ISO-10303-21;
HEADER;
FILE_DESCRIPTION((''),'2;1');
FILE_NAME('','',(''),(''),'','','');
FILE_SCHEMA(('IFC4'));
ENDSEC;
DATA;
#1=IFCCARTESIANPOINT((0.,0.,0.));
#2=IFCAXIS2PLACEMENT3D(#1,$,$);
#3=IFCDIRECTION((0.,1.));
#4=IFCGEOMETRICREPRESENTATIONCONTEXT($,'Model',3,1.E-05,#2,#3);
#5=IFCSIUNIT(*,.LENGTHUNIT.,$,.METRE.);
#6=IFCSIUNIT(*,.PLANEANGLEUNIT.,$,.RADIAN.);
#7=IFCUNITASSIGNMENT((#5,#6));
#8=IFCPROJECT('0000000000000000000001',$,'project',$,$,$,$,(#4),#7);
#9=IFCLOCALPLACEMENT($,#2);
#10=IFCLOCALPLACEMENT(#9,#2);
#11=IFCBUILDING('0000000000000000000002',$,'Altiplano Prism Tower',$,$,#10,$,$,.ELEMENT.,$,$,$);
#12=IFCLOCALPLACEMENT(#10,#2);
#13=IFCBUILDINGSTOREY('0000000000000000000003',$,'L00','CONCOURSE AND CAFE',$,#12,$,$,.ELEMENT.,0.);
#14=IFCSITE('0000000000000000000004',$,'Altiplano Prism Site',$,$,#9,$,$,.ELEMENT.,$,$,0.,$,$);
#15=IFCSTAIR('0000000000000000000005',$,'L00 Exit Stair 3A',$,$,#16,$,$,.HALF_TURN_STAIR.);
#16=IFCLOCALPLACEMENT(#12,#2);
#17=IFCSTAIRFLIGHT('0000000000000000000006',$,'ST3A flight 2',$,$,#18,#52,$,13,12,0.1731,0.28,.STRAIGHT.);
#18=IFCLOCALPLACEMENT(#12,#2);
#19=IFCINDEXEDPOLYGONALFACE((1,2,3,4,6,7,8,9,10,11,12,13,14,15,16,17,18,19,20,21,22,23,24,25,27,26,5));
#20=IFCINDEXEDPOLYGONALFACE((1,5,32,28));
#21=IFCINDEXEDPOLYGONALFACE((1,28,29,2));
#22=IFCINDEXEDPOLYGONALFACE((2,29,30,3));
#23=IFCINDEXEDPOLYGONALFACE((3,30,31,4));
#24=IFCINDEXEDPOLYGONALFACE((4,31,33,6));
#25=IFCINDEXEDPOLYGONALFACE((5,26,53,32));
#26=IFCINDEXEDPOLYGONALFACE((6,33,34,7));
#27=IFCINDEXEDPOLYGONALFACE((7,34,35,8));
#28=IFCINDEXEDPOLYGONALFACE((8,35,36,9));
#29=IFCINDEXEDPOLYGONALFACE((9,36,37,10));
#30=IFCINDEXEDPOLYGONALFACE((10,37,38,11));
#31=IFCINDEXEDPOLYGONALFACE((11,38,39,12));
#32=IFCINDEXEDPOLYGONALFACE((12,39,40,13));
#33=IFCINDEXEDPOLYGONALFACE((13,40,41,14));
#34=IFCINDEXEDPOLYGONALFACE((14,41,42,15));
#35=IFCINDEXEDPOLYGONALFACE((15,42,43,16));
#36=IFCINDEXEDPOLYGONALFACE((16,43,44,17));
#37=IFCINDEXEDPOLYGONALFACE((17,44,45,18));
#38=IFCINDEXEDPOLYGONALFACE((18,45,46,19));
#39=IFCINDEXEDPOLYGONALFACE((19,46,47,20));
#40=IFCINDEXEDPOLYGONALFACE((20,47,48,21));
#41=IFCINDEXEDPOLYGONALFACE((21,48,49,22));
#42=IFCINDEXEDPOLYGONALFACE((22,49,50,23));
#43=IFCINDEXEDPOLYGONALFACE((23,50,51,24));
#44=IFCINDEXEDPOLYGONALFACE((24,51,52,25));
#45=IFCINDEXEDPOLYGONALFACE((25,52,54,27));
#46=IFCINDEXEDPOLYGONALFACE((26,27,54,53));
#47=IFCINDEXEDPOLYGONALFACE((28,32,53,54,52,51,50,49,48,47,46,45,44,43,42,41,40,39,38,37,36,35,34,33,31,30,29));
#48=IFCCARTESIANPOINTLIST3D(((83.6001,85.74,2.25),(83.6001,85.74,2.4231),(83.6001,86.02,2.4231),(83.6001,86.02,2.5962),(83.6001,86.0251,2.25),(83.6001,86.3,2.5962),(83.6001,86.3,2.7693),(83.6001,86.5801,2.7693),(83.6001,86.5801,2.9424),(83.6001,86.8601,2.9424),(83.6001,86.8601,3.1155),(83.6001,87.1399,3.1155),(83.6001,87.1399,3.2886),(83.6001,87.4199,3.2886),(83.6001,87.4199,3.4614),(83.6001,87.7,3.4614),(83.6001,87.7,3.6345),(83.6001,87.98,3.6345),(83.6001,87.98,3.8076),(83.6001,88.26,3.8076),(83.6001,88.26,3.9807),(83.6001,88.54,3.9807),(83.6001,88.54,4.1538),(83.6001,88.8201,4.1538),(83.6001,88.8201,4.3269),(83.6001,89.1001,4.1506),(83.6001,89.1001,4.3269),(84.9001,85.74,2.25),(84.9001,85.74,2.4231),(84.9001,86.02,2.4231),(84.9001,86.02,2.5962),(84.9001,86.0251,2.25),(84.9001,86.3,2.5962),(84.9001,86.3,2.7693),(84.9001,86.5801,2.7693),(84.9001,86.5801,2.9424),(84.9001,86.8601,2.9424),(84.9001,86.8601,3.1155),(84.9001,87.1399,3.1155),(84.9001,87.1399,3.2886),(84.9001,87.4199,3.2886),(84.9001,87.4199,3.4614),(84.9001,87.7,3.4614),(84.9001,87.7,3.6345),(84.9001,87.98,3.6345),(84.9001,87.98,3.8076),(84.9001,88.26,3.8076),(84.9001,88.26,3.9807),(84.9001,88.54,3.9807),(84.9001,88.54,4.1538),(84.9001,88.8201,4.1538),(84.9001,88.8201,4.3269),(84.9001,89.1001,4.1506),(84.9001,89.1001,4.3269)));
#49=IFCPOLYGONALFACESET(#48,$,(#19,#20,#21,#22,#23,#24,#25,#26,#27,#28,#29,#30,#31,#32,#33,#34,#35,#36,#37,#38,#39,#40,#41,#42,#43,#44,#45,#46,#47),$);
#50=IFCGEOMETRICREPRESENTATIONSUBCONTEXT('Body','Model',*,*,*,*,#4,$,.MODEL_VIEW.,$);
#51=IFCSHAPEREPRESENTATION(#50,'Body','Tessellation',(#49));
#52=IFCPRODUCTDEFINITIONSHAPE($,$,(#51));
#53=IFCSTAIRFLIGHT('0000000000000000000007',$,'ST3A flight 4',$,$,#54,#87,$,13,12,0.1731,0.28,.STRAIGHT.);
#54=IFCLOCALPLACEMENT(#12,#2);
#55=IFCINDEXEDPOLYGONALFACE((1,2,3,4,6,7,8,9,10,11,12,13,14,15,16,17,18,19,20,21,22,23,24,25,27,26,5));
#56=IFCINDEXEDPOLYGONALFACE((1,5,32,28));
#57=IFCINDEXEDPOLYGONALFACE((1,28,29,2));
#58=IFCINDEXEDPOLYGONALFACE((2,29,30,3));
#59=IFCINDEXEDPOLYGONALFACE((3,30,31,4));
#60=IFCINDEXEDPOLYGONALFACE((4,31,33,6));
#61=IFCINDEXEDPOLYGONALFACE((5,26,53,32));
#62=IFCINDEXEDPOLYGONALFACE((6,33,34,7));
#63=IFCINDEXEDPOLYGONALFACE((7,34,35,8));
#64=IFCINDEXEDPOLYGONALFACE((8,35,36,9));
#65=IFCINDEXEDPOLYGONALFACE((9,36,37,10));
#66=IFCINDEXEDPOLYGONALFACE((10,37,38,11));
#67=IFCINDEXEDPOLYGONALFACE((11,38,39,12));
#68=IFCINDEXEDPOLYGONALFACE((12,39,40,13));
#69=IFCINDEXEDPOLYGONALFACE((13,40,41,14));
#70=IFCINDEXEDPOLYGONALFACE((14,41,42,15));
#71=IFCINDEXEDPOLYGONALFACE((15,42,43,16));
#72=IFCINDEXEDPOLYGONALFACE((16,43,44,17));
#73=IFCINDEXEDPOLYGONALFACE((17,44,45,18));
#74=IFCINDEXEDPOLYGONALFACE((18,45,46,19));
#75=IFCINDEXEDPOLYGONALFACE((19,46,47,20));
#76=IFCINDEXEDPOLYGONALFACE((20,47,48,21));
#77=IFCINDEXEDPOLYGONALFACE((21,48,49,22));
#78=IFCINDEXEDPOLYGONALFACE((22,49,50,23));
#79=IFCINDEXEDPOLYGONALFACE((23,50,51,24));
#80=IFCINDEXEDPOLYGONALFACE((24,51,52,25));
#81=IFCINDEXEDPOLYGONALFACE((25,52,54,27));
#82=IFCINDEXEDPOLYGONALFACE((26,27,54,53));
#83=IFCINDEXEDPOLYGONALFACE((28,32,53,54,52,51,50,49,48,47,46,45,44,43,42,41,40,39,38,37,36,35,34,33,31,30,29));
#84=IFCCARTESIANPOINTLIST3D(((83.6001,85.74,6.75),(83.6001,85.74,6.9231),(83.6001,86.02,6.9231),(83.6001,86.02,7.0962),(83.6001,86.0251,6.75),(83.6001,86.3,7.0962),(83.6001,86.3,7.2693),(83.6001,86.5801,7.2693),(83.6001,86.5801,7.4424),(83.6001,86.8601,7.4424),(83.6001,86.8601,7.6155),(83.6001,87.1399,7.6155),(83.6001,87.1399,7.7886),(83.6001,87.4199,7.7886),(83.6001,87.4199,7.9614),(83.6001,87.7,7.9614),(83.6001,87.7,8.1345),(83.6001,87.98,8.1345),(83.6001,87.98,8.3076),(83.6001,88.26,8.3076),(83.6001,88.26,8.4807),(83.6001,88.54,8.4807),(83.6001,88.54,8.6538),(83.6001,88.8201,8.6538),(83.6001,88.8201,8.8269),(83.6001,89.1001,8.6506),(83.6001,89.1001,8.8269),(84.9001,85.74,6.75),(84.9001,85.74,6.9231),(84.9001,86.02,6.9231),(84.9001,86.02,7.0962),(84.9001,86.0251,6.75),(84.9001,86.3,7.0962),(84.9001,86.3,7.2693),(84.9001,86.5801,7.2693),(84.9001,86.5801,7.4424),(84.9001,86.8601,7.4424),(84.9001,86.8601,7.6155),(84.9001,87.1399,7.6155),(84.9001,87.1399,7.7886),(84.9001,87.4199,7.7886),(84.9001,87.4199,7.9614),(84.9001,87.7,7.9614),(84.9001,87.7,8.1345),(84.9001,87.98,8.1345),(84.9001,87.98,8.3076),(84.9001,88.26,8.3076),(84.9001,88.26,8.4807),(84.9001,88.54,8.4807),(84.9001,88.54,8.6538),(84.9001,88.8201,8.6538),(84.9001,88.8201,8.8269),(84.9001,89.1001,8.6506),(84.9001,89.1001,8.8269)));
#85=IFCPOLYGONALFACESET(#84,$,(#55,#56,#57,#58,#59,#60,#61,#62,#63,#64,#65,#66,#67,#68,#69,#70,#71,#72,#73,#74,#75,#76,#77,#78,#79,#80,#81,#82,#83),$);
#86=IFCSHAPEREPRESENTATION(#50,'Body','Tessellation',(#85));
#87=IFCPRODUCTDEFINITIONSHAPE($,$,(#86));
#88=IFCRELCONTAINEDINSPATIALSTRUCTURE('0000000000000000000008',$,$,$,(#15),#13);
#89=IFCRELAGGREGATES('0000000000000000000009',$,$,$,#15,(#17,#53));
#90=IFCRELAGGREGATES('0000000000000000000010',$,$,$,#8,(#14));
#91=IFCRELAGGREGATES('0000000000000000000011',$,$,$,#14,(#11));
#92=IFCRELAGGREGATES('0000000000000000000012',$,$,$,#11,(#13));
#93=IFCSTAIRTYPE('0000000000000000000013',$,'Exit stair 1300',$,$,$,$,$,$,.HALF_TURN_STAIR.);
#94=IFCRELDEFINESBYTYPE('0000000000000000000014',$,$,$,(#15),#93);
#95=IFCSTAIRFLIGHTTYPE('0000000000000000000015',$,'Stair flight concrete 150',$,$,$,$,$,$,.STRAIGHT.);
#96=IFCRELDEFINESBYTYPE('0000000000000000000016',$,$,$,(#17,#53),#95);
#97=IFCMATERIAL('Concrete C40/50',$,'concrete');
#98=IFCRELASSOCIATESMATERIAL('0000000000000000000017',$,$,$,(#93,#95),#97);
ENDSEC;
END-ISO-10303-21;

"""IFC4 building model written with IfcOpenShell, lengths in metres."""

from ifc_helpers import new_model, si_unit, direction, frame, origin, place, context, subcontext, project, spatial, polyline, outline, extrude, material, type_object, element, aggregate, save


model = new_model("IFC4")

# Units and contexts
model_context = context("Model", 3, precision=1e-05, world=origin(), true_north=direction((0.0, 1.0)))
body_context = subcontext(model_context, "Body", "Model", "MODEL_VIEW")
ifc_project = project(units=[si_unit("LENGTHUNIT", "METRE"), si_unit("PLANEANGLEUNIT", "RADIAN")], contexts=[model_context])

# Site, building, storey
site_placement = place(None, origin())
site = spatial("IfcSite", under=ifc_project, at=site_placement, Name="Altiplano Prism Site", CompositionType="ELEMENT", RefElevation=0.0)
building_placement = place(site_placement, origin())
building = spatial("IfcBuilding", under=site, at=building_placement, Name="Altiplano Prism Tower", CompositionType="ELEMENT")
storey_placement = place(building_placement, origin())
storey = spatial("IfcBuildingStorey", under=building, at=storey_placement, Name="L00", Description="CONCOURSE AND CAFE", CompositionType="ELEMENT", Elevation=0.0)

# Stair, stair flights
ifc_material_1 = material(Name="Concrete C40/50", Category="concrete")
stair_type = type_object("IfcStairType", Name="Exit stair 1300", PredefinedType="HALF_TURN_STAIR", material=ifc_material_1)
stair_placement = place(storey_placement, origin())
stair = element("IfcStair", 1, at=stair_placement, inside=storey, type_object=stair_type, Name="L00 Exit Stair 3A", PredefinedType="HALF_TURN_STAIR")
stair_flight_type = type_object("IfcStairFlightType", Name="Stair flight concrete 150", PredefinedType="STRAIGHT", material=ifc_material_1)
stair_flight_1_placement = place(storey_placement, frame((84.25, 85.74, 2.25), z_axis=(0.0, 0.0, 1.0), x_axis=(0.0, 1.0, 0.0)))
stair_flight_1 = element("IfcStairFlight", 2, at=stair_flight_1_placement, type_object=stair_flight_type, Name="ST3A flight 2", NumberOfRisers=13, NumberOfTreads=12, PredefinedType="STRAIGHT", RiserHeight=0.1731, TreadLength=0.28, context=body_context, shape_type="SweptSolid", body=[
    extrude(outline(polyline([(0.0, 0.0), (0.0, 0.1731), (0.28, 0.1731), (0.28, 0.3462), (0.5601, 0.3462), (0.5601, 0.5193), (0.8401, 0.5193), (0.8401, 0.6924), (1.1201, 0.6924), (1.1201, 0.8655), (1.3999, 0.8655), (1.3999, 1.0386), (1.6799, 1.0386), (1.6799, 1.2114), (1.96, 1.2114), (1.96, 1.3845), (2.24, 1.3845), (2.24, 1.5576), (2.52, 1.5576), (2.52, 1.7307), (2.8, 1.7307), (2.8, 1.9038), (3.0801, 1.9038), (3.0801, 2.0769), (3.3601, 2.0769), (3.3601, 2.25), (3.3601, 1.9006), (0.2852, 0.0), (0.0, 0.0)])), frame((0.0, 0.6499, 0.0), z_axis=(0.0, -1.0, 0.0), x_axis=(1.0, 0.0, 0.0)), (0.0, 0.0, 1.0), 1.3),
])
stair_flight_2_placement = place(storey_placement, frame((84.25, 85.74, 6.75), z_axis=(0.0, 0.0, 1.0), x_axis=(0.0, 1.0, 0.0)))
stair_flight_2 = element("IfcStairFlight", 3, at=stair_flight_2_placement, type_object=stair_flight_type, Name="ST3A flight 4", NumberOfRisers=13, NumberOfTreads=12, PredefinedType="STRAIGHT", RiserHeight=0.1731, TreadLength=0.28, context=body_context, shape_type="SweptSolid", body=[
    extrude(outline(polyline([(0.0, 0.0), (0.0, 0.1731), (0.28, 0.1731), (0.28, 0.3462), (0.5601, 0.3462), (0.5601, 0.5193), (0.8401, 0.5193), (0.8401, 0.6924), (1.1201, 0.6924), (1.1201, 0.8655), (1.3999, 0.8655), (1.3999, 1.0386), (1.6799, 1.0386), (1.6799, 1.2114), (1.96, 1.2114), (1.96, 1.3845), (2.24, 1.3845), (2.24, 1.5576), (2.52, 1.5576), (2.52, 1.7307), (2.8, 1.7307), (2.8, 1.9038), (3.0801, 1.9038), (3.0801, 2.0769), (3.3601, 2.0769), (3.3601, 2.25), (3.3601, 1.9006), (0.2852, 0.0), (0.0, 0.0)])), frame((0.0, 0.6499, 0.0), z_axis=(0.0, -1.0, 0.0), x_axis=(1.0, 0.0, 0.0)), (0.0, 0.0, 1.0), 1.3),
])
aggregate(stair, [stair_flight_1, stair_flight_2])

save(model, "model.ifc")
